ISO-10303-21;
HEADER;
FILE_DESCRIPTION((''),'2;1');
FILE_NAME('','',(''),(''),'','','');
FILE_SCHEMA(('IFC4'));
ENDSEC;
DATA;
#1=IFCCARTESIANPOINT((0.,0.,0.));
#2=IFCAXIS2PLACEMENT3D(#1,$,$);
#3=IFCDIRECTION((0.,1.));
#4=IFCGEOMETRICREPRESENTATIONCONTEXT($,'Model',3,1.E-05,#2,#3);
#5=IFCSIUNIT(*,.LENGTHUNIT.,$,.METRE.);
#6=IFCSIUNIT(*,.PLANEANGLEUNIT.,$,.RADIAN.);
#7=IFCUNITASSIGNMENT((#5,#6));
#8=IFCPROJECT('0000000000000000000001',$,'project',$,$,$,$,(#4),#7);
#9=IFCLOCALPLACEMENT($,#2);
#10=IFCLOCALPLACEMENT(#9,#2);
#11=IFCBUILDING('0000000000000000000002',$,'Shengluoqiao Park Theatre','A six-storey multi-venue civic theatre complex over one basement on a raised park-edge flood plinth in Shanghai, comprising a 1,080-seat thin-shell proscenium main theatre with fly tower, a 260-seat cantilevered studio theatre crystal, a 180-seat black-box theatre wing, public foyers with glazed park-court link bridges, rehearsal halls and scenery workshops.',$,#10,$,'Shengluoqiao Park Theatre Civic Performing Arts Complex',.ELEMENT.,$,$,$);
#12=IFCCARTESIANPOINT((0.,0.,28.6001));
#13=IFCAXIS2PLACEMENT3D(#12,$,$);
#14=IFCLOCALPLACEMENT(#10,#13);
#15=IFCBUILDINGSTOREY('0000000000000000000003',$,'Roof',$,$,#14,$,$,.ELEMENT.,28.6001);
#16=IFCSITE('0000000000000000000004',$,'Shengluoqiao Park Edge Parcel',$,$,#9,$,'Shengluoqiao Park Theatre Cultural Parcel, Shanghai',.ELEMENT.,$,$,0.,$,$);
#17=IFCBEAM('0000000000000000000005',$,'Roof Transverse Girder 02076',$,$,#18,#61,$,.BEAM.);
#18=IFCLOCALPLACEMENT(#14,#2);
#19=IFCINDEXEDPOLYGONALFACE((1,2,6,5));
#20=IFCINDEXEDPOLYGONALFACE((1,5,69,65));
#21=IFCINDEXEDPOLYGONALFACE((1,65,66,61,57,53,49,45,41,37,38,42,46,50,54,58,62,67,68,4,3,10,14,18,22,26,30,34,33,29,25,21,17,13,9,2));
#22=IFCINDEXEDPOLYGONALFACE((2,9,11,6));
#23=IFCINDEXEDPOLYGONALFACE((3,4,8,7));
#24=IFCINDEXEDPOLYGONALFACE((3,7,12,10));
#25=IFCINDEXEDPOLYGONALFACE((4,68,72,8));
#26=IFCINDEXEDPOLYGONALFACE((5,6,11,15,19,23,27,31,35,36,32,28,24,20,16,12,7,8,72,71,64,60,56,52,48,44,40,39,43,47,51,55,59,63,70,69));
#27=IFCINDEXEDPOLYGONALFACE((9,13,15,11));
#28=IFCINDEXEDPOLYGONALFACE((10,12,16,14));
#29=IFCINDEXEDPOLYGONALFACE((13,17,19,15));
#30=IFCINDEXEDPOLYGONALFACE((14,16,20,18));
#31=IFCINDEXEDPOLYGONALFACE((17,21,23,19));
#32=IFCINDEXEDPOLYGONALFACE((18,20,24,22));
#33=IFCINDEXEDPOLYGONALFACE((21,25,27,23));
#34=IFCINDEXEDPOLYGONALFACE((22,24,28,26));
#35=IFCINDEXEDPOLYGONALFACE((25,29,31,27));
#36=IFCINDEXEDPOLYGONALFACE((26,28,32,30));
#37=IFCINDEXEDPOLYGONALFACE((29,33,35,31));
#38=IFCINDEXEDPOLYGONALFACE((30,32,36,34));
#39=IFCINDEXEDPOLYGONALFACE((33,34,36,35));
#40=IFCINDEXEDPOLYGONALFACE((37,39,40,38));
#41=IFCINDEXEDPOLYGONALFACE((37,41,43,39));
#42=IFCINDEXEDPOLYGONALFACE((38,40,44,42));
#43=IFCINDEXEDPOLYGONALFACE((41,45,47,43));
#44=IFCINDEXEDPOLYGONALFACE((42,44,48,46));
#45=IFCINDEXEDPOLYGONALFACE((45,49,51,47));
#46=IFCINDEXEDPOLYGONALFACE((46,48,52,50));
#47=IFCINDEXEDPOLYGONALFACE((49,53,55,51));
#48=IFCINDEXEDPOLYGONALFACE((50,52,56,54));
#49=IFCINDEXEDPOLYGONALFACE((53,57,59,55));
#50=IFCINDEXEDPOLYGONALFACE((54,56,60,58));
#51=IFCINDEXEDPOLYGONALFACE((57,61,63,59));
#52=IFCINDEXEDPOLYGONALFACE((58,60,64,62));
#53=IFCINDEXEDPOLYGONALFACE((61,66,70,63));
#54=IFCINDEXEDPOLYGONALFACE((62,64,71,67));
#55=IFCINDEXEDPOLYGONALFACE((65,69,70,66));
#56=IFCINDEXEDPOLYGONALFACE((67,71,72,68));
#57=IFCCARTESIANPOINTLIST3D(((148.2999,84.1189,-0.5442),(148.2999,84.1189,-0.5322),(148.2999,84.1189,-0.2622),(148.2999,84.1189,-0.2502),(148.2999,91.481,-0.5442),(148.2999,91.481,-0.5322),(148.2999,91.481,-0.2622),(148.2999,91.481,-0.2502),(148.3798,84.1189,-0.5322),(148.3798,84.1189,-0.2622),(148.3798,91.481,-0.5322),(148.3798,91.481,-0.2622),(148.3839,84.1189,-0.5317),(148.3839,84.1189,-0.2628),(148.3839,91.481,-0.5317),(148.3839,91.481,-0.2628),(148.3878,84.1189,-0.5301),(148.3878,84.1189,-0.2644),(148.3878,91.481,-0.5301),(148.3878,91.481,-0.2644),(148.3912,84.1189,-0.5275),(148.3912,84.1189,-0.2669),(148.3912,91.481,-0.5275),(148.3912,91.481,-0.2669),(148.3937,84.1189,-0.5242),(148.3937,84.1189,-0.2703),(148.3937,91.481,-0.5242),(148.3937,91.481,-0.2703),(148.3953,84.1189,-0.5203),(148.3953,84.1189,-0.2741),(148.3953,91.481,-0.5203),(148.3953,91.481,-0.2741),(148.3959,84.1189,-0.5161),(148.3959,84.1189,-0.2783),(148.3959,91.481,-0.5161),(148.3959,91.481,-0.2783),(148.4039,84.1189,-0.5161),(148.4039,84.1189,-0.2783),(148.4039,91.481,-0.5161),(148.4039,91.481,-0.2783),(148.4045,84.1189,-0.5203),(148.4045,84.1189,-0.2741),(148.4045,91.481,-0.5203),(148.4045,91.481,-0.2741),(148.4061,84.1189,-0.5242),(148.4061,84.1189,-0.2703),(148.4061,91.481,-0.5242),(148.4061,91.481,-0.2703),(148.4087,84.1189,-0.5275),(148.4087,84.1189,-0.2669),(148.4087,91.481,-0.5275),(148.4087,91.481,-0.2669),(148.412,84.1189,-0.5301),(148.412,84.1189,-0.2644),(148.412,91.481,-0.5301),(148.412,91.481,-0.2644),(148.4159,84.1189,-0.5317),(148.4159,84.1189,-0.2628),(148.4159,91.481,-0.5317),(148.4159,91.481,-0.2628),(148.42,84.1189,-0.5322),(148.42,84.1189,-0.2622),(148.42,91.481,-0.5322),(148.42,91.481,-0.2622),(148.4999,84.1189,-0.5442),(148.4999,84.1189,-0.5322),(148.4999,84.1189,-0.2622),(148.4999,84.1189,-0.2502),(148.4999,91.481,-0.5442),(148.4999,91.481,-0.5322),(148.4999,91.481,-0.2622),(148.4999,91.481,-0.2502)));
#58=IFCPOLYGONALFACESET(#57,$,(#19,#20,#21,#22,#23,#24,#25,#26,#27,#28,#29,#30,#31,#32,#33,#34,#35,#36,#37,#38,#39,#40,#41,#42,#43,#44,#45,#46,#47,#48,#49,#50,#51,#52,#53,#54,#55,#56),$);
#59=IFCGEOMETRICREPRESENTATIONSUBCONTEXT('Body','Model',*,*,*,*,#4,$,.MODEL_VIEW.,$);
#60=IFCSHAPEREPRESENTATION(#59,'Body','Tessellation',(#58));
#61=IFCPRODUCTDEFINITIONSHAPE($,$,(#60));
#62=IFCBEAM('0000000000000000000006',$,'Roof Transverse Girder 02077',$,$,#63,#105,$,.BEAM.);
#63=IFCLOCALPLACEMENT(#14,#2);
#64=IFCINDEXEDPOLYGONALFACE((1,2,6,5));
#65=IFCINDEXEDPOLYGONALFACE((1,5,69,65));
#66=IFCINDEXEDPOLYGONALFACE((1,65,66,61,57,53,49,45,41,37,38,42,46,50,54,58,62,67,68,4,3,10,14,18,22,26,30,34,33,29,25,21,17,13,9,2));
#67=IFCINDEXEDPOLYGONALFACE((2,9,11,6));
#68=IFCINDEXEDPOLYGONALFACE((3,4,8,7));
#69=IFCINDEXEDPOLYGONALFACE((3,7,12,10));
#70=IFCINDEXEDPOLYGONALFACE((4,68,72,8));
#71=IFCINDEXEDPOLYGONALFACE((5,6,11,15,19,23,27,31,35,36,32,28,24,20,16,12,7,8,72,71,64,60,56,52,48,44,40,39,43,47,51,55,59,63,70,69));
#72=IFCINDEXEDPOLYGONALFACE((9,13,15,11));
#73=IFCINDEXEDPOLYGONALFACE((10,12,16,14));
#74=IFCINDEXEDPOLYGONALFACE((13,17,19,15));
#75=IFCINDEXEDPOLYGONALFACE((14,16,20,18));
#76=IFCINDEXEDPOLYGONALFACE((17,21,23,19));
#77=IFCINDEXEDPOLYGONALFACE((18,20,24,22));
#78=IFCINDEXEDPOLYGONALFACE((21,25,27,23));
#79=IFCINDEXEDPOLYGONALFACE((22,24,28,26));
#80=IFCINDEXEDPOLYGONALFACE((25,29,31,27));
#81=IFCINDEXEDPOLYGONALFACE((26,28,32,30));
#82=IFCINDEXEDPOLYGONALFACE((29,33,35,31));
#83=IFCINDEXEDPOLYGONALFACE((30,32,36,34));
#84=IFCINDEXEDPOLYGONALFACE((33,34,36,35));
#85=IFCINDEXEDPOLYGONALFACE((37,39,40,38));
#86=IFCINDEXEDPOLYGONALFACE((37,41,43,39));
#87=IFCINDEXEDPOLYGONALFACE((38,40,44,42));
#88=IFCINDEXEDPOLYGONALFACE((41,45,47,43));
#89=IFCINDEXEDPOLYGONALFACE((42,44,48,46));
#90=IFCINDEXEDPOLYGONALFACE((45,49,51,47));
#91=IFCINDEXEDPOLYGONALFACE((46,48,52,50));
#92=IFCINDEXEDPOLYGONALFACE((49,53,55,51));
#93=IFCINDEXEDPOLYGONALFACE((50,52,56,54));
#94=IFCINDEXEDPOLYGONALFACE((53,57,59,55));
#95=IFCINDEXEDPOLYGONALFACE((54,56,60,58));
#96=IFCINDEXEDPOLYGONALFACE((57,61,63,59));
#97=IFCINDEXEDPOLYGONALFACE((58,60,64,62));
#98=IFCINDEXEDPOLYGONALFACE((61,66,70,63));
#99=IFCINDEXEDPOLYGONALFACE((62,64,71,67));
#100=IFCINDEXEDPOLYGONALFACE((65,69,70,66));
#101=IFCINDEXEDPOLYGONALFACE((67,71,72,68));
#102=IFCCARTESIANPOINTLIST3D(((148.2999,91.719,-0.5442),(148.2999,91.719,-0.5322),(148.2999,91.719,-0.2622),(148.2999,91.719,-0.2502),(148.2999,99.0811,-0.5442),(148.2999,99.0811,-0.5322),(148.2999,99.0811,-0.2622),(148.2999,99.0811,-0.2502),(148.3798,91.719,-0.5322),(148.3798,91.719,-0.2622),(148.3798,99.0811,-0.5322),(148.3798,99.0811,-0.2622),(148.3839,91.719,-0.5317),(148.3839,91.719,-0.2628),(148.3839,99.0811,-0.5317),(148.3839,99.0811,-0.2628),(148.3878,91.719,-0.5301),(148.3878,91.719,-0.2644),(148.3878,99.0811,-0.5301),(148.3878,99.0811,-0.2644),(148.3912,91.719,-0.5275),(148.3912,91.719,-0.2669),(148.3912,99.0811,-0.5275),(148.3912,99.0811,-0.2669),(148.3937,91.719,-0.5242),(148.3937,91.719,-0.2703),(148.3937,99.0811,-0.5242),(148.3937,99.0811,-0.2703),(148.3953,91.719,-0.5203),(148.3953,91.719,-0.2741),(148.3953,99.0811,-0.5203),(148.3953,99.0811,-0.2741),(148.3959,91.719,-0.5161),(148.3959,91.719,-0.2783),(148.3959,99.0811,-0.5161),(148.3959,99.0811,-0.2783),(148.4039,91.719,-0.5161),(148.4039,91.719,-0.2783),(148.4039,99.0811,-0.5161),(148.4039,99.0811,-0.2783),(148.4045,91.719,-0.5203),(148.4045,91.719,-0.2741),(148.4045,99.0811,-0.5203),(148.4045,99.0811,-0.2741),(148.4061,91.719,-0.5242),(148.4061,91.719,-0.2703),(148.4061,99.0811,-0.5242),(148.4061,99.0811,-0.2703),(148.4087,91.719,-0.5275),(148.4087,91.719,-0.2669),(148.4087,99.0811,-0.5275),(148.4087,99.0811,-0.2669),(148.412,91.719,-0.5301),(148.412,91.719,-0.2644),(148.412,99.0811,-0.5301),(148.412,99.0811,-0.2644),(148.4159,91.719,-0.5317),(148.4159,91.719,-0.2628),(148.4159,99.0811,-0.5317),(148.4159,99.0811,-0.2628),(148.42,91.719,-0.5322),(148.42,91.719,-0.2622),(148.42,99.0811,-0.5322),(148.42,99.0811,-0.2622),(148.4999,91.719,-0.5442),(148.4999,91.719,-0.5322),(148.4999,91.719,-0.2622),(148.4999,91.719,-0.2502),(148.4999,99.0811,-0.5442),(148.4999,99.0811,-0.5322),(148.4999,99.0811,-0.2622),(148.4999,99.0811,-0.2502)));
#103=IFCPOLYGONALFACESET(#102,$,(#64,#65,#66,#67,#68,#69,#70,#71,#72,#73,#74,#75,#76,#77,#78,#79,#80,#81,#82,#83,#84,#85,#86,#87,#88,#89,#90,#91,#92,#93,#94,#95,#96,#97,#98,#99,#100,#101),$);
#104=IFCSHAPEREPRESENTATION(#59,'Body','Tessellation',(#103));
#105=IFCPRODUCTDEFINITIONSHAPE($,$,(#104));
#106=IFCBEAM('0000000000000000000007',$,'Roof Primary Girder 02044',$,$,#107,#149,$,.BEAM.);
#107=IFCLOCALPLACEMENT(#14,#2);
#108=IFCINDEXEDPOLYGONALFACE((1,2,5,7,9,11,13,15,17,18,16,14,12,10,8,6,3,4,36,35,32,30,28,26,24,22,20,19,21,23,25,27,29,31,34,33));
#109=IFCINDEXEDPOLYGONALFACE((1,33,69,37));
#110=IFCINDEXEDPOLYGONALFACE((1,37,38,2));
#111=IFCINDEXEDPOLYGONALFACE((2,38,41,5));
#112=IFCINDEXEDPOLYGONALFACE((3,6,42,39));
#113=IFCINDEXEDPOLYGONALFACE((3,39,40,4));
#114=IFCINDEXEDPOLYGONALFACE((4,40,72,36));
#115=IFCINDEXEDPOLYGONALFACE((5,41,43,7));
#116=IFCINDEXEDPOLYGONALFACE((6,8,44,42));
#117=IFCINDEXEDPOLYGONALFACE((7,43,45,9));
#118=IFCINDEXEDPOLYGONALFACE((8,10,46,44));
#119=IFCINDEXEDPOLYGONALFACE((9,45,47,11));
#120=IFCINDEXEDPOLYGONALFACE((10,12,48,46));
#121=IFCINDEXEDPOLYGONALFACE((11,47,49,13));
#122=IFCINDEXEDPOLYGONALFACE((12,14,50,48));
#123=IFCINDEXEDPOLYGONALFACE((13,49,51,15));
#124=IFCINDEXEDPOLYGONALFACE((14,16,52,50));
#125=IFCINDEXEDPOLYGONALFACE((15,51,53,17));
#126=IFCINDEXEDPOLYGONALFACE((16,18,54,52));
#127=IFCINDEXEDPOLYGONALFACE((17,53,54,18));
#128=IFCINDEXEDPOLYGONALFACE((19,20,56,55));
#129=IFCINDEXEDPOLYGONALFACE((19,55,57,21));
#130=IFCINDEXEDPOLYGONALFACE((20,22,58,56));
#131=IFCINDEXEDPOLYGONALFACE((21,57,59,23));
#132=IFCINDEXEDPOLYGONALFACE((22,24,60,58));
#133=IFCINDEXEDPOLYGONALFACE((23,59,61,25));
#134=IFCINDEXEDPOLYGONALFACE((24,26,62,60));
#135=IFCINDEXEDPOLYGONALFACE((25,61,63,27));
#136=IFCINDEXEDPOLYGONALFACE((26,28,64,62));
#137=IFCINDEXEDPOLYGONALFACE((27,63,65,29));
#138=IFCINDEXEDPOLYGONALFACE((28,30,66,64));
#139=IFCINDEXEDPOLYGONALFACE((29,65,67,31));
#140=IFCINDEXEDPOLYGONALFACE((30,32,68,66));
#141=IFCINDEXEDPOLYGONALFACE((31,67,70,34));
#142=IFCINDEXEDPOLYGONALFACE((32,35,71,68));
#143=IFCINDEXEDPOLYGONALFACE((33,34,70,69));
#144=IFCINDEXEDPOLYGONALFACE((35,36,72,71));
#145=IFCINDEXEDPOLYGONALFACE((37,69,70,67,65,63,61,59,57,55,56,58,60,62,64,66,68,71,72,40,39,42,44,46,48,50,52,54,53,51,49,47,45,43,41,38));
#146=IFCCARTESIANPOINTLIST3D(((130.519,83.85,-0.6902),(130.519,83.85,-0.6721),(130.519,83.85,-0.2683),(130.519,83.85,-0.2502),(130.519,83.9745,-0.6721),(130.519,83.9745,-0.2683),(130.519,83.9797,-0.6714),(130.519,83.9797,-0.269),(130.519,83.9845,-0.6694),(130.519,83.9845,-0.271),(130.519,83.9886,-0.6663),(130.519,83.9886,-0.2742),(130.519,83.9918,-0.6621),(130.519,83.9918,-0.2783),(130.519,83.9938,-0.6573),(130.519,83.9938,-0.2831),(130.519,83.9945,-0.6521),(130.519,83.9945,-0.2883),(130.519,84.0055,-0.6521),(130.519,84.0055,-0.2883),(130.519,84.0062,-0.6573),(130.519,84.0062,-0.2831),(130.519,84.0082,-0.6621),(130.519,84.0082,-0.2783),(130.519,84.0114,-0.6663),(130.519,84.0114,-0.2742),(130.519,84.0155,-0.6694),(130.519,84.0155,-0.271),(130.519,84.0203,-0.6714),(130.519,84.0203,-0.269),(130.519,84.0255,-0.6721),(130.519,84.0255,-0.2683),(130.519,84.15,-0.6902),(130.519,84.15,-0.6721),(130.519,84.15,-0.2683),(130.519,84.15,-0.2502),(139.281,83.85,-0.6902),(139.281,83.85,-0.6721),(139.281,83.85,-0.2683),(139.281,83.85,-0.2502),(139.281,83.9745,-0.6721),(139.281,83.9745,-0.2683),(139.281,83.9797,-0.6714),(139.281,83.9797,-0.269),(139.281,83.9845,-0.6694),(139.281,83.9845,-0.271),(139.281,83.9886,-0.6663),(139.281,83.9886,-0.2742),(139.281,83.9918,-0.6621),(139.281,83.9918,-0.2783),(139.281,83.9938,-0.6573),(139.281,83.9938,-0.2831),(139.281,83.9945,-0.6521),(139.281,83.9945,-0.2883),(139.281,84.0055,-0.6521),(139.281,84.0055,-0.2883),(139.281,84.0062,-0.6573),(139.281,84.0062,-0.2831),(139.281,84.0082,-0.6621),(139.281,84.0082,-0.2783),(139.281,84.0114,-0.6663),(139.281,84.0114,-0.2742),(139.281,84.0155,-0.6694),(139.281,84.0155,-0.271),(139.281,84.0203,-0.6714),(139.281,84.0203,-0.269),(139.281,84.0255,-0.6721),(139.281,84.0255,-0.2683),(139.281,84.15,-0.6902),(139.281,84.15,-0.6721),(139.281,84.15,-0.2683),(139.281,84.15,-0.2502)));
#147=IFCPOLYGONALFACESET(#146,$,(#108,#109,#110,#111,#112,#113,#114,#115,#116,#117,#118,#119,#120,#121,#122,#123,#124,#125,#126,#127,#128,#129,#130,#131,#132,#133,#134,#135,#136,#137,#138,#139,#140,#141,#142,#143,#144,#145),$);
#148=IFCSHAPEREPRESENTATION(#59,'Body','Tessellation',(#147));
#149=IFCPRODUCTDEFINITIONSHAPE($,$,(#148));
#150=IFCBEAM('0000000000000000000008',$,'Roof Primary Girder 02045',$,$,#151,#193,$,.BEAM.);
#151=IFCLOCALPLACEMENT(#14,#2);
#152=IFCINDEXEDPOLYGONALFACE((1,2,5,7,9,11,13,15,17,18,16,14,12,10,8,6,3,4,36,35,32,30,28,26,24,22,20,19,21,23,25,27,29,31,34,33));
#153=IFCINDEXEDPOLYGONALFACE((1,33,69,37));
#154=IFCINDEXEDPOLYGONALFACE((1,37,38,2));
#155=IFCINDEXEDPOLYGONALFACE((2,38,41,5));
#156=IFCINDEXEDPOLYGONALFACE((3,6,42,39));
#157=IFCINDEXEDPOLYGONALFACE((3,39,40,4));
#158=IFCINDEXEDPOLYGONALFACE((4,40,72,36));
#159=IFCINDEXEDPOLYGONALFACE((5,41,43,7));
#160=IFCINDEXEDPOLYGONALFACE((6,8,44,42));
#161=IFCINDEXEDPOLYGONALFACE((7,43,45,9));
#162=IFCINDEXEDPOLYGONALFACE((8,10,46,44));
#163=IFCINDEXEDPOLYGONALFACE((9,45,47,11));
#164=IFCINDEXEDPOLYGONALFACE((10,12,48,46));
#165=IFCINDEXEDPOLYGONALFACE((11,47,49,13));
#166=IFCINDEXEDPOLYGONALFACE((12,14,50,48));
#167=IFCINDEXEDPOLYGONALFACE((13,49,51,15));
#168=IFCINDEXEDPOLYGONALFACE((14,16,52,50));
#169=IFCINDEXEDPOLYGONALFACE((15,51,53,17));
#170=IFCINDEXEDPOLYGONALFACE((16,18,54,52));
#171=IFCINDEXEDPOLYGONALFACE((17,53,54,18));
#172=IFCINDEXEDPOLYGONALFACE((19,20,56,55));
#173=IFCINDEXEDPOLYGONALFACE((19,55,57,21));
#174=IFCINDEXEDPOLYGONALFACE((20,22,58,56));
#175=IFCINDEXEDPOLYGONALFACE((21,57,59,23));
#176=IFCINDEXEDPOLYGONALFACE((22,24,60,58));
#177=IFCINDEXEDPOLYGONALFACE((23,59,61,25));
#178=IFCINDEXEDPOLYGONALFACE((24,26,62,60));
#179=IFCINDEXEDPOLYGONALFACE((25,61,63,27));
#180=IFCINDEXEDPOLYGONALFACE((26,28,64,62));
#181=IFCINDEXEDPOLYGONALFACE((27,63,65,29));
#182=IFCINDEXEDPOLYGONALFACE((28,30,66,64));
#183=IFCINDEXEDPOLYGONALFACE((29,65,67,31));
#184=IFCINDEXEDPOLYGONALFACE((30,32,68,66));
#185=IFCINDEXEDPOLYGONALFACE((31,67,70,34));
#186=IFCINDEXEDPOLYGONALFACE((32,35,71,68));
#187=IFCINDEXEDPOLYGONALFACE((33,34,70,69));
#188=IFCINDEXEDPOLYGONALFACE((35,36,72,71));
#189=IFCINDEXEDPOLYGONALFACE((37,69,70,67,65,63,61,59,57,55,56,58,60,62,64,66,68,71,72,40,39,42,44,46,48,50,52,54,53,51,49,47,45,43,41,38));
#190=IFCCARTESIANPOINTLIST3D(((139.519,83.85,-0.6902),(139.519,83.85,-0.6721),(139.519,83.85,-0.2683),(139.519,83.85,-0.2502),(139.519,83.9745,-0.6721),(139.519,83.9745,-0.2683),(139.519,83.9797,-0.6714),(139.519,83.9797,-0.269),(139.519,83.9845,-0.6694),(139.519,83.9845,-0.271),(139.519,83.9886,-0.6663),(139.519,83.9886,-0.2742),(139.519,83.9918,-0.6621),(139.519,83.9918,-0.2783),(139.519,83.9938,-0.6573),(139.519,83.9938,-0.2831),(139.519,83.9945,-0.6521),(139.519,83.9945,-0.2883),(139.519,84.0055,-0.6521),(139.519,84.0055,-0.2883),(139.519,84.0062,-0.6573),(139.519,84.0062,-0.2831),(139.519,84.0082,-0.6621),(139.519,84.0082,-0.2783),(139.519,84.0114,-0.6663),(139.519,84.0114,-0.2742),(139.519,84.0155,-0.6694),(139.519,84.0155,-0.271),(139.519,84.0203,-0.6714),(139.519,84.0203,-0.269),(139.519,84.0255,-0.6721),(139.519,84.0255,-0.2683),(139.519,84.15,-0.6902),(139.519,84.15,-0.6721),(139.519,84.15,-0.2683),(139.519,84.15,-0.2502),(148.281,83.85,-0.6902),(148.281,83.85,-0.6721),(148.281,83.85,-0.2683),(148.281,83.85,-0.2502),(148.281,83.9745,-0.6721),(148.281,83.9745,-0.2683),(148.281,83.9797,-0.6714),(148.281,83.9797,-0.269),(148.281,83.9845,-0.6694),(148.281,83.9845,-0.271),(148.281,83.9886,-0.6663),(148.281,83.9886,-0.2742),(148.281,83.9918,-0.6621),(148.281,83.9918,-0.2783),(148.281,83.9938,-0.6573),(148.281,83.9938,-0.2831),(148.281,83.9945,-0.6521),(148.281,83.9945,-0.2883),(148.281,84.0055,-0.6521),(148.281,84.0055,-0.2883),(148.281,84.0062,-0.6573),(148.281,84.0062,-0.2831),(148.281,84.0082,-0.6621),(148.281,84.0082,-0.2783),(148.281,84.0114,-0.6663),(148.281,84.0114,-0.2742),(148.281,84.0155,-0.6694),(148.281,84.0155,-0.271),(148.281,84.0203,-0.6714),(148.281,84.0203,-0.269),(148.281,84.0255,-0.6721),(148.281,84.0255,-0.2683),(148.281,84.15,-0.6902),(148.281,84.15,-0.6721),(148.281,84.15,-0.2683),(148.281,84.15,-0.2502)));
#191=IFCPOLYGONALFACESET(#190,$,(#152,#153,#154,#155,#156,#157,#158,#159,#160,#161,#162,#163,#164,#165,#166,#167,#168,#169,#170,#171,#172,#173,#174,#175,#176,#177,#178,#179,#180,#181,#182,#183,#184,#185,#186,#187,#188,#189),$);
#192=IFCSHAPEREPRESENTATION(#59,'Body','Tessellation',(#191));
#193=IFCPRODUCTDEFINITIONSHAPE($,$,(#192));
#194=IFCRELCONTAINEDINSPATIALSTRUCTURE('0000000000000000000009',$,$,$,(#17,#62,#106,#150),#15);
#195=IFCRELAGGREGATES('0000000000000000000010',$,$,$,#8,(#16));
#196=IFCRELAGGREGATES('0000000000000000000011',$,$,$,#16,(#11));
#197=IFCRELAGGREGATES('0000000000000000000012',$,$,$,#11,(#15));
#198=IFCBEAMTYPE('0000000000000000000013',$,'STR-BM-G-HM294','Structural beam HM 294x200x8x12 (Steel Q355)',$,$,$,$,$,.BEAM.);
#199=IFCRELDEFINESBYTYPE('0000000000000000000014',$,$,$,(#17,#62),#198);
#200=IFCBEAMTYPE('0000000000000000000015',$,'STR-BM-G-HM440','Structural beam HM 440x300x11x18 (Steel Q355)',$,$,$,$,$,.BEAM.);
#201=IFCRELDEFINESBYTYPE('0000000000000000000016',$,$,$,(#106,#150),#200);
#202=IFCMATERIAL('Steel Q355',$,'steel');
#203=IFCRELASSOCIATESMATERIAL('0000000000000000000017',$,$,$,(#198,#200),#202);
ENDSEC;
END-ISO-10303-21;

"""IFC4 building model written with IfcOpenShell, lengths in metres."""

from ifc_helpers import new_model, si_unit, direction, frame, origin, origin_2d, place, context, subcontext, project, spatial, i_section, extrude, material, material_profile, profile_set, type_object, element, save


model = new_model("IFC4")

# Units and contexts
model_context = context("Model", 3, precision=1e-05, world=origin(), true_north=direction((0.0, 1.0)))
body_context = subcontext(model_context, "Body", "Model", "MODEL_VIEW")
ifc_project = project(units=[si_unit("LENGTHUNIT", "METRE"), si_unit("PLANEANGLEUNIT", "RADIAN")], contexts=[model_context])

# Site, building, storey
site_placement = place(None, origin())
site = spatial("IfcSite", under=ifc_project, at=site_placement, Name="Shengluoqiao Park Edge Parcel", LongName="Shengluoqiao Park Theatre Cultural Parcel, Shanghai", CompositionType="ELEMENT", RefElevation=0.0)
building_placement = place(site_placement, origin())
building = spatial("IfcBuilding", under=site, at=building_placement, Name="Shengluoqiao Park Theatre", Description="A six-storey multi-venue civic theatre complex over one basement on a raised park-edge flood plinth in Shanghai, comprising a 1,080-seat thin-shell proscenium main theatre with fly tower, a 260-seat cantilevered studio theatre crystal, a 180-seat black-box theatre wing, public foyers with glazed park-court link bridges, rehearsal halls and scenery workshops.", LongName="Shengluoqiao Park Theatre Civic Performing Arts Complex", CompositionType="ELEMENT")
storey_placement = place(building_placement, frame((0.0, 0.0, 28.6001)))
storey = spatial("IfcBuildingStorey", under=building, at=storey_placement, Name="Roof", CompositionType="ELEMENT", Elevation=28.6001)

# Beams
ifc_material_1 = material(Name="Steel Q355", Category="steel")
ifc_material_profile_1 = material_profile(ifc_material_1, i_section(OverallWidth=0.2, OverallDepth=0.2939, WebThickness=0.0081, FlangeThickness=0.012, FilletRadius=0.0161, at=origin_2d()), Name="HM 294x200x8x12")
ifc_profile_set_1 = profile_set([ifc_material_profile_1], Name="Steel Q355")
beam_type_1 = type_object("IfcBeamType", Name="STR-BM-G-HM294", Description="Structural beam HM 294x200x8x12 (Steel Q355)", PredefinedType="BEAM", material=ifc_profile_set_1)
for number, where, z_axis, x_axis, name in (
    (1, (148.3999, 84.1189, -0.3972), (0.0, 1.0, 0.0), (-1.0, 0.0, 0.0), "Roof Transverse Girder 02076"),
    (2, (148.3999, 91.719, -0.3972), (0.0, 1.0, 0.0), (-1.0, 0.0, 0.0), "Roof Transverse Girder 02077"),
):
    element("IfcBeam", number, at=place(storey_placement, frame(where, z_axis=z_axis, x_axis=x_axis)), inside=storey, type_object=beam_type_1, Name=name, PredefinedType="BEAM", context=body_context, shape_type="SweptSolid", body=[
        extrude(i_section(OverallWidth=0.2, OverallDepth=0.2939, WebThickness=0.0081, FlangeThickness=0.012, FilletRadius=0.0161, at=origin_2d()), origin(), (0.0, 0.0, 1.0), 7.3621),
    ])
ifc_material_profile_2 = material_profile(ifc_material_1, i_section(OverallWidth=0.3, OverallDepth=0.4399, WebThickness=0.011, FlangeThickness=0.0181, FilletRadius=0.02, at=origin_2d()), Name="HM 440x300x11x18")
ifc_profile_set_2 = profile_set([ifc_material_profile_2], Name="Steel Q355")
beam_type_2 = type_object("IfcBeamType", Name="STR-BM-G-HM440", Description="Structural beam HM 440x300x11x18 (Steel Q355)", PredefinedType="BEAM", material=ifc_profile_set_2)
for number, where, z_axis, x_axis, name in (
    (3, (130.519, 84.0, -0.4702), (1.0, 0.0, 0.0), (0.0, 1.0, 0.0), "Roof Primary Girder 02044"),
    (4, (139.519, 84.0, -0.4702), (1.0, 0.0, 0.0), (0.0, 1.0, 0.0), "Roof Primary Girder 02045"),
):
    element("IfcBeam", number, at=place(storey_placement, frame(where, z_axis=z_axis, x_axis=x_axis)), inside=storey, type_object=beam_type_2, Name=name, PredefinedType="BEAM", context=body_context, shape_type="SweptSolid", body=[
        extrude(i_section(OverallWidth=0.3, OverallDepth=0.4399, WebThickness=0.011, FlangeThickness=0.0181, FilletRadius=0.02, at=origin_2d()), origin(), (0.0, 0.0, 1.0), 8.762),
    ])

save(model, "model.ifc")
